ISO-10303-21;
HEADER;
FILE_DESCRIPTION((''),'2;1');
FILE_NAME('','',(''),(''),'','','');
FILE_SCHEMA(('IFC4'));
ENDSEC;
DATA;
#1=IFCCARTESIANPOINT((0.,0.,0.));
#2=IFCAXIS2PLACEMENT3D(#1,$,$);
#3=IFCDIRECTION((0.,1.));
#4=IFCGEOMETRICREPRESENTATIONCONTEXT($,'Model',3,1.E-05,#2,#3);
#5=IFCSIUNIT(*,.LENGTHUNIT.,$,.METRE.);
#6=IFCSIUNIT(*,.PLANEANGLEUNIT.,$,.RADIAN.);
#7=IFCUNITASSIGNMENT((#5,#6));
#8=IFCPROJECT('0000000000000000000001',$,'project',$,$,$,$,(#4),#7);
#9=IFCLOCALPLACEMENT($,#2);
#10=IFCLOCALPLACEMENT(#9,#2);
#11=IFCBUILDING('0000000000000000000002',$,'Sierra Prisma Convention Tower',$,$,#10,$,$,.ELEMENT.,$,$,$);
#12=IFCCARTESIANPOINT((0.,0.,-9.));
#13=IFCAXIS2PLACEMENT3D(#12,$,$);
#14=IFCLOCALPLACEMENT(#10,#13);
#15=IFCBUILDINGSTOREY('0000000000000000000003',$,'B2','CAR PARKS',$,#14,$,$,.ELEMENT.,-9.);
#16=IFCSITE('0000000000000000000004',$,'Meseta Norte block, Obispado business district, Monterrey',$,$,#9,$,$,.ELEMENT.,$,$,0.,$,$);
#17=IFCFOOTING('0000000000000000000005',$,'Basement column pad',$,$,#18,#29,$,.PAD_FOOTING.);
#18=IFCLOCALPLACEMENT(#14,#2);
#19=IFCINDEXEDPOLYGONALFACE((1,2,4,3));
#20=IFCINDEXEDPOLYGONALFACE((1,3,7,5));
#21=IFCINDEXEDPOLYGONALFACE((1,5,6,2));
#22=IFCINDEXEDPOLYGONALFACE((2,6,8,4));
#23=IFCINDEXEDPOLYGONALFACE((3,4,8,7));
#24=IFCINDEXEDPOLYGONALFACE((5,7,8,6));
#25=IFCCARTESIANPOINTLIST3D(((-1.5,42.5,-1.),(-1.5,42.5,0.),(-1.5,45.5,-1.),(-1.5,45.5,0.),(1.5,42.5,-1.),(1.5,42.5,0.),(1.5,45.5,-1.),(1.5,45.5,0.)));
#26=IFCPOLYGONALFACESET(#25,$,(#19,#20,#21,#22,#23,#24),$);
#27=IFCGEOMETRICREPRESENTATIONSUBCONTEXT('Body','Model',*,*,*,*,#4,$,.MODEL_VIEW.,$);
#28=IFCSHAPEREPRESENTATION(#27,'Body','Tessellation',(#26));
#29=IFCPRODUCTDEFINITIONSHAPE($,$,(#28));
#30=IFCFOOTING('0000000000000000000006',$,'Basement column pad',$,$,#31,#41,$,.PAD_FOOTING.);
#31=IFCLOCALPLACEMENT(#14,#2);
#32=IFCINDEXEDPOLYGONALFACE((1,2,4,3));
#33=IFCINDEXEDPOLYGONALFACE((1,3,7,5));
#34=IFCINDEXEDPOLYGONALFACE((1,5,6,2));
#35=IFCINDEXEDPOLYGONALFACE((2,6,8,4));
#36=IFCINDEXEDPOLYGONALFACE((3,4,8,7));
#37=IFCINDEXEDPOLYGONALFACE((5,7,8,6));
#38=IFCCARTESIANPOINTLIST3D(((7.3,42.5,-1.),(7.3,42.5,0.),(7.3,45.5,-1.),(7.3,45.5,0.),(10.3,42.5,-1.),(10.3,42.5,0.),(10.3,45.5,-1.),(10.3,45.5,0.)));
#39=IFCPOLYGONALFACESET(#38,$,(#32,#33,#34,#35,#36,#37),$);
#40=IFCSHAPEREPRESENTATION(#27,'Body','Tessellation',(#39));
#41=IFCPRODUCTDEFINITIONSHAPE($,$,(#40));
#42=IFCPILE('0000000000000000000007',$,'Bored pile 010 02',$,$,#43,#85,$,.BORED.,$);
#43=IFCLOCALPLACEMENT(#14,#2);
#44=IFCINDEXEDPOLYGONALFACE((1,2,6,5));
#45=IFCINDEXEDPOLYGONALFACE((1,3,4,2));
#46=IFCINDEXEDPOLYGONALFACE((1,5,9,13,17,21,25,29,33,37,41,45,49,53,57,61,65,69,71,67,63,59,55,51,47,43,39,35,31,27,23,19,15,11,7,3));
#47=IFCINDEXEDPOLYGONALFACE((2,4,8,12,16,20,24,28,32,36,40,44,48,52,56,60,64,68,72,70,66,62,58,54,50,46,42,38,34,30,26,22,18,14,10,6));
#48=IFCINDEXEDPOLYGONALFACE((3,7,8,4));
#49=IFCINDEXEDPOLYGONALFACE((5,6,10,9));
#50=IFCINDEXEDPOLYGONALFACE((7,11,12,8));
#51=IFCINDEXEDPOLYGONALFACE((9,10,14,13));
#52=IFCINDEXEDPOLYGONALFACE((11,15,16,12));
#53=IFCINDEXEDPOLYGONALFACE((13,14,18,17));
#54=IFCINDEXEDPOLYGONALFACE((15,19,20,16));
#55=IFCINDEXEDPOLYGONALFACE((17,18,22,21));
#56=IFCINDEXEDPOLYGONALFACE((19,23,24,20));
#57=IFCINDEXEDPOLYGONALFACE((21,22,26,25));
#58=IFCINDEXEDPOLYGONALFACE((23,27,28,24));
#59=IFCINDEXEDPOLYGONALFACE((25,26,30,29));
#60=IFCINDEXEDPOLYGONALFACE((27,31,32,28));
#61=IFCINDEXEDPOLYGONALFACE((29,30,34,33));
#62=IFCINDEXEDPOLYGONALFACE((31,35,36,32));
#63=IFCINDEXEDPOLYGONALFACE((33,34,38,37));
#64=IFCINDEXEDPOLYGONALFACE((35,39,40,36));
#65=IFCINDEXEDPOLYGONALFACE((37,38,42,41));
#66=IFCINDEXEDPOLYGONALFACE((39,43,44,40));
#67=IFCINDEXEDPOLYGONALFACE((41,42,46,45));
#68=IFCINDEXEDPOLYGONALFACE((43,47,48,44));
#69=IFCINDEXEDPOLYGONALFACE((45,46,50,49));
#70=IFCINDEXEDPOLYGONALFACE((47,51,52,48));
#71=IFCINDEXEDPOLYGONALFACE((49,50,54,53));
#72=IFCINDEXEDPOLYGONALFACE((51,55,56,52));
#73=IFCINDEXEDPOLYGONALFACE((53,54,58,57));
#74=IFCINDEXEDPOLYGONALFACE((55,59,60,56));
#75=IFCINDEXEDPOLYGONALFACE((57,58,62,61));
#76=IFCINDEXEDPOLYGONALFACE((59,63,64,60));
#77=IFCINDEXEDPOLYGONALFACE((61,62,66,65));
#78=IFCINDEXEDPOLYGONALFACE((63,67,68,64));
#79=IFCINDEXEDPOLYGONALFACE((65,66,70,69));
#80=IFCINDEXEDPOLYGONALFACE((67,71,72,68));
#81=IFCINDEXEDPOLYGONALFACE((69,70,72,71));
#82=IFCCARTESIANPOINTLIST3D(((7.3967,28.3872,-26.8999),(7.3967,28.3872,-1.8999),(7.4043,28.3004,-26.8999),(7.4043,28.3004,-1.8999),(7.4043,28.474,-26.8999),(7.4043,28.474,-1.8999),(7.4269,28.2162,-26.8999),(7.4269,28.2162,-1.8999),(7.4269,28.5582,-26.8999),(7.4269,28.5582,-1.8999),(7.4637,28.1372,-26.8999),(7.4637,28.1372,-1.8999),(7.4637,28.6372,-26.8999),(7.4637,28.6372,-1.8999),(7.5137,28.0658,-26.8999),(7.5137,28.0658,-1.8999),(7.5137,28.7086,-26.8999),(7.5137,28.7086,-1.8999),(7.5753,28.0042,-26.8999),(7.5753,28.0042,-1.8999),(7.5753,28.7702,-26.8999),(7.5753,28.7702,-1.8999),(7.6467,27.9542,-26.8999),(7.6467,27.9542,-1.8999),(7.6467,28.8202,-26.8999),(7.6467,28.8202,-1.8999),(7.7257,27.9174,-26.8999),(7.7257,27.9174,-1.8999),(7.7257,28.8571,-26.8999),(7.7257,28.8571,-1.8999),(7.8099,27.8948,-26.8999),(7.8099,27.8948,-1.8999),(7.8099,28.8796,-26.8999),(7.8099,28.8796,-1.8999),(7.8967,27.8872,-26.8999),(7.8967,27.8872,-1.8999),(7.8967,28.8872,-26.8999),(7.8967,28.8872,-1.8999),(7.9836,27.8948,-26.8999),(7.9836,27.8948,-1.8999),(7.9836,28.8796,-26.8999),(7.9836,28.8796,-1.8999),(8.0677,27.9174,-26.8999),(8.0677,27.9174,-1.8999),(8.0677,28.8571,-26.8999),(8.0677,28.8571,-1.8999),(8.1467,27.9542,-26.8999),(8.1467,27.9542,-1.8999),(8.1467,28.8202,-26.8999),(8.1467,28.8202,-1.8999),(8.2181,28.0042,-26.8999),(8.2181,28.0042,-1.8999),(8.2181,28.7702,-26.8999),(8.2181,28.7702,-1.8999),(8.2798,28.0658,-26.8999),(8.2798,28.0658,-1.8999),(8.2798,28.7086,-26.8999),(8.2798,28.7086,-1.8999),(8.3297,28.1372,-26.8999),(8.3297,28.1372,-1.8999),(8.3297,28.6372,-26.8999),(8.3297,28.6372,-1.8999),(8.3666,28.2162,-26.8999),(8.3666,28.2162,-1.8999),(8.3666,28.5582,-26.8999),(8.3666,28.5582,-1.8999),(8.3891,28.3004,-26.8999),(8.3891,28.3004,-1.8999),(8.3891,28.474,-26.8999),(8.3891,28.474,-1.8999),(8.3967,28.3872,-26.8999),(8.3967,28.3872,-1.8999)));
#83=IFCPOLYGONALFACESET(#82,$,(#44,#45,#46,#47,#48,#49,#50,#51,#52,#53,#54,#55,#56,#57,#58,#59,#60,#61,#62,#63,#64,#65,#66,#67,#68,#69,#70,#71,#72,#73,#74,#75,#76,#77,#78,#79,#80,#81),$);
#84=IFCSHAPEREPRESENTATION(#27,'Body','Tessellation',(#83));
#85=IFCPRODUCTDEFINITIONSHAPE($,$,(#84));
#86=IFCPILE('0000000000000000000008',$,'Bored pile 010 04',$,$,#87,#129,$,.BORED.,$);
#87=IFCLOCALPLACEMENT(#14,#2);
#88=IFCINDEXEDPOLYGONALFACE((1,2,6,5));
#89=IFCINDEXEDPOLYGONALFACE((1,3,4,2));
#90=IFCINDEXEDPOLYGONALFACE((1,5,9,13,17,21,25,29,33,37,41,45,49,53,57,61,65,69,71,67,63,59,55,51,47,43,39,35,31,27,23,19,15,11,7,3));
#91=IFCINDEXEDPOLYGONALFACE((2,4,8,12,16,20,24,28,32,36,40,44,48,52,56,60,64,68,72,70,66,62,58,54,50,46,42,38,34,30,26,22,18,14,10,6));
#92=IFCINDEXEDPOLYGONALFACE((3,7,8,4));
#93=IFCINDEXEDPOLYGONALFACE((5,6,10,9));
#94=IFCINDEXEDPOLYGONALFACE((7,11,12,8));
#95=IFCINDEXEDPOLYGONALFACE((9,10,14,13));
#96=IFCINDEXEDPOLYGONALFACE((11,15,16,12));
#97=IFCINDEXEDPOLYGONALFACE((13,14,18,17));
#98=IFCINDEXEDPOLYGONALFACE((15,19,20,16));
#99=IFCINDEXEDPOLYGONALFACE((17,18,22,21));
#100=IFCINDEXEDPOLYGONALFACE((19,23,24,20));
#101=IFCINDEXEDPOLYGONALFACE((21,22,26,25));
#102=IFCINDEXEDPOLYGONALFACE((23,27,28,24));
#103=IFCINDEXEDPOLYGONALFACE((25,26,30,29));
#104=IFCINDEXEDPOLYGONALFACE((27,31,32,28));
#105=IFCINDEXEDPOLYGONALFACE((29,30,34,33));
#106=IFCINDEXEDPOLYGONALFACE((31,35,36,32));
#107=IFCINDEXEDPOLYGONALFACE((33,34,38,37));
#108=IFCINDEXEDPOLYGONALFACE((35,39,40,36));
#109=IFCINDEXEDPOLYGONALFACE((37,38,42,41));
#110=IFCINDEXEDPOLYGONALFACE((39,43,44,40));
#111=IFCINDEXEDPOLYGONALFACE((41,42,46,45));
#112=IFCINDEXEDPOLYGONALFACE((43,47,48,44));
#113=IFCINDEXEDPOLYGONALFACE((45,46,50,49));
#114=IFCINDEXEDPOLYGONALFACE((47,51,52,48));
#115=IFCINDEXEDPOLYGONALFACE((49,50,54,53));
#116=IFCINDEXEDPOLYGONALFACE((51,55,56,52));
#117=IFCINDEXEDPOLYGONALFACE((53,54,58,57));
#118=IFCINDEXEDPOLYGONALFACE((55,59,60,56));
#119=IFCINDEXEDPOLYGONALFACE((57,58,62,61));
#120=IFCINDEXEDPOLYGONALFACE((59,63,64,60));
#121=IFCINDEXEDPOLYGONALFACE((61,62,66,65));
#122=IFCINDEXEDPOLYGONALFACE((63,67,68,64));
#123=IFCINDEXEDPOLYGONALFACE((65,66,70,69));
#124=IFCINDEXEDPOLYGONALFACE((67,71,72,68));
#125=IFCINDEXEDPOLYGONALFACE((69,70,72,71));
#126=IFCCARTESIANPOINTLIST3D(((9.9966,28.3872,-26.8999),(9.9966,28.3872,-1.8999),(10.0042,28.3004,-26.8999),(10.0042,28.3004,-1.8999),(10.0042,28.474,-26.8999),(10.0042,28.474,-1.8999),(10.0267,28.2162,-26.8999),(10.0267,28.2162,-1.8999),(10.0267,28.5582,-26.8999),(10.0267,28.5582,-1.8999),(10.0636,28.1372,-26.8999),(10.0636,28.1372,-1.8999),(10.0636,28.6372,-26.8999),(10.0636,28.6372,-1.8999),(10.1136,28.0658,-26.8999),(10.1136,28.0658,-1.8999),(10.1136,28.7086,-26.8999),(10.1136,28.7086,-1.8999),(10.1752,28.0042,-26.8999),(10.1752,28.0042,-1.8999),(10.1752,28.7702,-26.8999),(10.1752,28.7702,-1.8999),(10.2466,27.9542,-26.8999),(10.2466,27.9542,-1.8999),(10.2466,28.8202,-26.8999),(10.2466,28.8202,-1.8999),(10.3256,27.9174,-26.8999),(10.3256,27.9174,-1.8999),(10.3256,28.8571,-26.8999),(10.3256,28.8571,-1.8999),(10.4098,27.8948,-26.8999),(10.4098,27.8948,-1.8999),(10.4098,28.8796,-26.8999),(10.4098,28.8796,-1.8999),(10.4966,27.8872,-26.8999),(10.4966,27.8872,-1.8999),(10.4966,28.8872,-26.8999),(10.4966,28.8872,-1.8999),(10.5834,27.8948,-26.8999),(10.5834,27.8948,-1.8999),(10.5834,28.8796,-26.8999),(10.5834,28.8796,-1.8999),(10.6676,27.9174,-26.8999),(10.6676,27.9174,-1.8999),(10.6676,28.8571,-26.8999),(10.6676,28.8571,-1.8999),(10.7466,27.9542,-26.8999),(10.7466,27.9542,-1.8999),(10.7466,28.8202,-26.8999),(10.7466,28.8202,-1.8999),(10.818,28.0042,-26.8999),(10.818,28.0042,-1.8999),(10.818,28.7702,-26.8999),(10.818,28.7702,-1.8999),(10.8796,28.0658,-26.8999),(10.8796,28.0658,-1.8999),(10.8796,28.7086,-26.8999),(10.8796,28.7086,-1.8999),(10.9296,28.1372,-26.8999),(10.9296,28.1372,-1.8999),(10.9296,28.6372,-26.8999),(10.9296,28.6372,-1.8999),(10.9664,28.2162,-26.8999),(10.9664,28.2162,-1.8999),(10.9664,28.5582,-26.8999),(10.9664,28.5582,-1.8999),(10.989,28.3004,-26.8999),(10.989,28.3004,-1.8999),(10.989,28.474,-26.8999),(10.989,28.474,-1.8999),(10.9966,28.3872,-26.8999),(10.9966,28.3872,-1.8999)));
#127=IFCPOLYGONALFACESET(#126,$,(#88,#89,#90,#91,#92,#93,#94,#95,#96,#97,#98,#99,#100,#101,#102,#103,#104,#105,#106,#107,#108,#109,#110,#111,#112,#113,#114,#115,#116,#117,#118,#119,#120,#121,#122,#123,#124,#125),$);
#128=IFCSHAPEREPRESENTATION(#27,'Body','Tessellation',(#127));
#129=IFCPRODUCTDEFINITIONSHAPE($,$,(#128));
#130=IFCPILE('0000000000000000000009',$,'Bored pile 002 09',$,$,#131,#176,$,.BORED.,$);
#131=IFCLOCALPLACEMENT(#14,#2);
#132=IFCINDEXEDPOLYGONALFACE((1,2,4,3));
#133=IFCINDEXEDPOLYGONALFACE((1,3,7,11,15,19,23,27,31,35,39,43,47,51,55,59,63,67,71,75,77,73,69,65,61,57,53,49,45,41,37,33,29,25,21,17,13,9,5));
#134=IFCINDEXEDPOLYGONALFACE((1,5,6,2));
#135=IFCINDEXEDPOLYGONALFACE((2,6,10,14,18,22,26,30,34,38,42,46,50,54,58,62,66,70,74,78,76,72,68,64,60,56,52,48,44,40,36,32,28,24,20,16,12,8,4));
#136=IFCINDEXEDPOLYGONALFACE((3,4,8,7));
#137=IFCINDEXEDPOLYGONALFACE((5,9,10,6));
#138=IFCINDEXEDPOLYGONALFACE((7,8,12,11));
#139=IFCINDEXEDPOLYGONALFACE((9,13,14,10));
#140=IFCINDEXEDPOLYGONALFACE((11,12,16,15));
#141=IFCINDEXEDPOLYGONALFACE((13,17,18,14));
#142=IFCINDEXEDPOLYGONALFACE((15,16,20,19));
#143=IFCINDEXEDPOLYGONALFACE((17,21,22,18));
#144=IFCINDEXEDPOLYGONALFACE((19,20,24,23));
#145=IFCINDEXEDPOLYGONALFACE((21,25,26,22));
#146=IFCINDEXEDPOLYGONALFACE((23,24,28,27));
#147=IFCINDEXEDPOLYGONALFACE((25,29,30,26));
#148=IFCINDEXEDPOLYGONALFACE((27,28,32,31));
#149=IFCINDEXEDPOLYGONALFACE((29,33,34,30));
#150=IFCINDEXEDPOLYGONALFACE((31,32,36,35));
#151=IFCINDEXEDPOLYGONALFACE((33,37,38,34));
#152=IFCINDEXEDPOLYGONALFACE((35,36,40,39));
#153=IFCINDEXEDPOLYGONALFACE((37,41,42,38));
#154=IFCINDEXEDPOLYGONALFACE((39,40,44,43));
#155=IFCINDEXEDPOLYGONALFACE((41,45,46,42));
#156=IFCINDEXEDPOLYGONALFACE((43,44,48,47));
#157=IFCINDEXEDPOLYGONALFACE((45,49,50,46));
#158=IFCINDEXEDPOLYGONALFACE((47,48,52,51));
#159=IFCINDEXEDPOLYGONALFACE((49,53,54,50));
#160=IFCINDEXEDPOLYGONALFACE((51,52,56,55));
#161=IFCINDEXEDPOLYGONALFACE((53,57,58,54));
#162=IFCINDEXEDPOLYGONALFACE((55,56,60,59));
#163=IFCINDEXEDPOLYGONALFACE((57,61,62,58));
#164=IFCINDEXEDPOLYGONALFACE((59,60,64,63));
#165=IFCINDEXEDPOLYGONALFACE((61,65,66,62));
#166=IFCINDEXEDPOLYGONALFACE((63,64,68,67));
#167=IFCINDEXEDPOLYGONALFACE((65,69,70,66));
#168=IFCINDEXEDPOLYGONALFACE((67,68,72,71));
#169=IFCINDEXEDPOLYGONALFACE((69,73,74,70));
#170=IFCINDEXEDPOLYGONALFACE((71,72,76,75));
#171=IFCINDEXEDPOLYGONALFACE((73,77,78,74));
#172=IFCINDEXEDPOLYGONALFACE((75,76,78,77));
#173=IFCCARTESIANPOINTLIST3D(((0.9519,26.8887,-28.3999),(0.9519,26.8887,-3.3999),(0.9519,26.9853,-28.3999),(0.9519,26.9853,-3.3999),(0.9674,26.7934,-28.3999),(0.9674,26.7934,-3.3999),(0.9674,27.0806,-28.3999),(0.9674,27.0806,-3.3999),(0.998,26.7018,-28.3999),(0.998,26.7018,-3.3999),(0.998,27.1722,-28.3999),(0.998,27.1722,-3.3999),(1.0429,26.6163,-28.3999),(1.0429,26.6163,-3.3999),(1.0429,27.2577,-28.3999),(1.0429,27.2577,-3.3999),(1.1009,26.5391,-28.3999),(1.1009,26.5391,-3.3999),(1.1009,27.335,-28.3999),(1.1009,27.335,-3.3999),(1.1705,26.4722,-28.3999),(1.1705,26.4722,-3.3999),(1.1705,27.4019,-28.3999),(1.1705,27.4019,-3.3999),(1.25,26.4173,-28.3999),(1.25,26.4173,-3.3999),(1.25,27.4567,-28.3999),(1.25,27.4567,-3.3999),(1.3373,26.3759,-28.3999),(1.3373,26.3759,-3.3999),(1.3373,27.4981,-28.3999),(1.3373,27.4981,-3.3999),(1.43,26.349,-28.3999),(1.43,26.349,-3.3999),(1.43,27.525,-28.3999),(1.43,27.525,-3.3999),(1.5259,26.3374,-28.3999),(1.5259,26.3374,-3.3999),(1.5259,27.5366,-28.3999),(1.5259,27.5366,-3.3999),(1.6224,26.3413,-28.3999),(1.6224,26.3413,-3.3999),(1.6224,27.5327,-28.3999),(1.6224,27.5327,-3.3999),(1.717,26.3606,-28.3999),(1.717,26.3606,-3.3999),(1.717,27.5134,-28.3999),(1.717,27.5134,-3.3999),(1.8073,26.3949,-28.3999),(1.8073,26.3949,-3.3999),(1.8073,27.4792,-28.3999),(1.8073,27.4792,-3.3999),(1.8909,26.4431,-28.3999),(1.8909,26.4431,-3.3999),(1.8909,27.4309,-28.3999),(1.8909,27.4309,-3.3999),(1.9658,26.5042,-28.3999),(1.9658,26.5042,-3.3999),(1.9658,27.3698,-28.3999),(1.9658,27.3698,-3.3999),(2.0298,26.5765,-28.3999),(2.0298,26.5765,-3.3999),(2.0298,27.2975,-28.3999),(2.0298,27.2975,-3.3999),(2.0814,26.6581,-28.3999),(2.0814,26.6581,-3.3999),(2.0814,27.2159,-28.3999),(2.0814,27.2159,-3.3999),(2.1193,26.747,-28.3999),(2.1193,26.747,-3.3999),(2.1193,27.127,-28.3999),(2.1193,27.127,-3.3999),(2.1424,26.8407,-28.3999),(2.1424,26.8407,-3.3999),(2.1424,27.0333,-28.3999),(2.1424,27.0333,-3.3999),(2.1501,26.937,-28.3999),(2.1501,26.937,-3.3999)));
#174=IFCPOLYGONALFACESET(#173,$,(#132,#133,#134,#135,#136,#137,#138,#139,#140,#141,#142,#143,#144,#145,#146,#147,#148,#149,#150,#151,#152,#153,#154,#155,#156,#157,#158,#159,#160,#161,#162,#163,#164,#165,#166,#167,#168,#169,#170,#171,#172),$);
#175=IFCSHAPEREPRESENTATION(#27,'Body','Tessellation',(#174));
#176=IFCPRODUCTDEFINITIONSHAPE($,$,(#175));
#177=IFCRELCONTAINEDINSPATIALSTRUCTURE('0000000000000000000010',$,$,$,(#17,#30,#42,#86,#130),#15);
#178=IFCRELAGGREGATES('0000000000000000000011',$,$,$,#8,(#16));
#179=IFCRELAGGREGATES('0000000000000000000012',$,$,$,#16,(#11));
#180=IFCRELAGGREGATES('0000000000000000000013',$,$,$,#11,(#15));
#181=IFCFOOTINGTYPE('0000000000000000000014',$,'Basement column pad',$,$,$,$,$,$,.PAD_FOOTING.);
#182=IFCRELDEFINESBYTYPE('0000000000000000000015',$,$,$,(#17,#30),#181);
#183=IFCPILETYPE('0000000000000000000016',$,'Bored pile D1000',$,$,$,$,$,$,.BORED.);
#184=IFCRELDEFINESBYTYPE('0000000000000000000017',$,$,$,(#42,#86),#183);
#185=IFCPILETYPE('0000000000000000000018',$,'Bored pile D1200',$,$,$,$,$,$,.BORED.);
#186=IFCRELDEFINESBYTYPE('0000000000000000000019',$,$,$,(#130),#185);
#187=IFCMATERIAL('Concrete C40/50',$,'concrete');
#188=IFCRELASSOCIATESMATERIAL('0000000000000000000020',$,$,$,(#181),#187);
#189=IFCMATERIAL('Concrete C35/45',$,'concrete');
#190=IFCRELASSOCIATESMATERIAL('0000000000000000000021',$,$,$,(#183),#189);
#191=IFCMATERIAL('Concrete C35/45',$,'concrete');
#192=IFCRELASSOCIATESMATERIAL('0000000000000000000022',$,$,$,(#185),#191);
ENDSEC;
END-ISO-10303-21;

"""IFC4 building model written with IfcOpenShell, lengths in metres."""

from ifc_helpers import new_model, si_unit, direction, frame, origin, origin_2d, place, context, subcontext, project, spatial, rectangle, circle, extrude, material, material_profile, profile_set, type_object, element, save


model = new_model("IFC4")

# Units and contexts
model_context = context("Model", 3, precision=1e-05, world=origin(), true_north=direction((0.0, 1.0)))
body_context = subcontext(model_context, "Body", "Model", "MODEL_VIEW")
ifc_project = project(units=[si_unit("LENGTHUNIT", "METRE"), si_unit("PLANEANGLEUNIT", "RADIAN")], contexts=[model_context])

# Site, building, storey
site_placement = place(None, origin())
site = spatial("IfcSite", under=ifc_project, at=site_placement, Name="Meseta Norte block, Obispado business district, Monterrey", CompositionType="ELEMENT", RefElevation=0.0)
building_placement = place(site_placement, origin())
building = spatial("IfcBuilding", under=site, at=building_placement, Name="Sierra Prisma Convention Tower", CompositionType="ELEMENT")
storey_placement = place(building_placement, frame((0.0, 0.0, -9.0)))
storey = spatial("IfcBuildingStorey", under=building, at=storey_placement, Name="B2", Description="CAR PARKS", CompositionType="ELEMENT", Elevation=-9.0)

# Footings
ifc_material_1 = material(Name="Concrete C40/50", Category="concrete")
footing_type_1 = type_object("IfcFootingType", Name="Basement column pad", PredefinedType="PAD_FOOTING", material=ifc_material_1)
for number, where, z_axis, x_axis, name in (
    (1, (0.0, 44.0, -1.0), (0.0, 0.0, 1.0), (1.0, 0.0, 0.0), "Basement column pad"),
    (2, (8.8, 44.0, -1.0), (0.0, 0.0, 1.0), (1.0, 0.0, 0.0), "Basement column pad"),
):
    element("IfcFooting", number, at=place(storey_placement, frame(where, z_axis=z_axis, x_axis=x_axis)), inside=storey, type_object=footing_type_1, Name=name, PredefinedType="PAD_FOOTING", context=body_context, shape_type="SweptSolid", body=[
        extrude(rectangle(XDim=3.0, YDim=3.0, at=origin_2d()), origin(), (0.0, 0.0, 1.0), 1.0),
    ])

# Piles
ifc_material_2 = material(Name="Concrete C35/45", Category="concrete")
ifc_material_profile_1 = material_profile(ifc_material_2, circle(Radius=0.5, at=origin_2d()), Name="D1000")
ifc_profile_set_1 = profile_set([ifc_material_profile_1], Name="Concrete C35/45")
pile_type_1 = type_object("IfcPileType", Name="Bored pile D1000", PredefinedType="BORED", material=ifc_profile_set_1)
for number, where, z_axis, x_axis, name in (
    (3, (7.8967, 28.3872, -1.8999), (0.0, 0.0, -1.0), (1.0, 0.0, 0.0), "Bored pile 010 02"),
    (4, (10.4966, 28.3872, -1.8999), (0.0, 0.0, -1.0), (1.0, 0.0, 0.0), "Bored pile 010 04"),
):
    element("IfcPile", number, at=place(storey_placement, frame(where, z_axis=z_axis, x_axis=x_axis)), inside=storey, type_object=pile_type_1, Name=name, PredefinedType="BORED", context=body_context, shape_type="SweptSolid", body=[
        extrude(circle(Radius=0.5, at=origin_2d()), origin(), (0.0, 0.0, 1.0), 25.0),
    ])
ifc_material_3 = material(Name="Concrete C35/45", Category="concrete")
ifc_material_profile_2 = material_profile(ifc_material_3, circle(Radius=0.6001, at=origin_2d()), Name="D1200")
ifc_profile_set_2 = profile_set([ifc_material_profile_2], Name="Concrete C35/45")
pile_type_2 = type_object("IfcPileType", Name="Bored pile D1200", PredefinedType="BORED", material=ifc_profile_set_2)
for number, where, z_axis, x_axis, name in (
    (5, (1.55, 26.937, -3.3999), (0.0, 0.0, -1.0), (1.0, 0.0, 0.0), "Bored pile 002 09"),
):
    element("IfcPile", number, at=place(storey_placement, frame(where, z_axis=z_axis, x_axis=x_axis)), inside=storey, type_object=pile_type_2, Name=name, PredefinedType="BORED", context=body_context, shape_type="SweptSolid", body=[
        extrude(circle(Radius=0.6001, at=origin_2d()), origin(), (0.0, 0.0, 1.0), 25.0),
    ])

save(model, "model.ifc")
